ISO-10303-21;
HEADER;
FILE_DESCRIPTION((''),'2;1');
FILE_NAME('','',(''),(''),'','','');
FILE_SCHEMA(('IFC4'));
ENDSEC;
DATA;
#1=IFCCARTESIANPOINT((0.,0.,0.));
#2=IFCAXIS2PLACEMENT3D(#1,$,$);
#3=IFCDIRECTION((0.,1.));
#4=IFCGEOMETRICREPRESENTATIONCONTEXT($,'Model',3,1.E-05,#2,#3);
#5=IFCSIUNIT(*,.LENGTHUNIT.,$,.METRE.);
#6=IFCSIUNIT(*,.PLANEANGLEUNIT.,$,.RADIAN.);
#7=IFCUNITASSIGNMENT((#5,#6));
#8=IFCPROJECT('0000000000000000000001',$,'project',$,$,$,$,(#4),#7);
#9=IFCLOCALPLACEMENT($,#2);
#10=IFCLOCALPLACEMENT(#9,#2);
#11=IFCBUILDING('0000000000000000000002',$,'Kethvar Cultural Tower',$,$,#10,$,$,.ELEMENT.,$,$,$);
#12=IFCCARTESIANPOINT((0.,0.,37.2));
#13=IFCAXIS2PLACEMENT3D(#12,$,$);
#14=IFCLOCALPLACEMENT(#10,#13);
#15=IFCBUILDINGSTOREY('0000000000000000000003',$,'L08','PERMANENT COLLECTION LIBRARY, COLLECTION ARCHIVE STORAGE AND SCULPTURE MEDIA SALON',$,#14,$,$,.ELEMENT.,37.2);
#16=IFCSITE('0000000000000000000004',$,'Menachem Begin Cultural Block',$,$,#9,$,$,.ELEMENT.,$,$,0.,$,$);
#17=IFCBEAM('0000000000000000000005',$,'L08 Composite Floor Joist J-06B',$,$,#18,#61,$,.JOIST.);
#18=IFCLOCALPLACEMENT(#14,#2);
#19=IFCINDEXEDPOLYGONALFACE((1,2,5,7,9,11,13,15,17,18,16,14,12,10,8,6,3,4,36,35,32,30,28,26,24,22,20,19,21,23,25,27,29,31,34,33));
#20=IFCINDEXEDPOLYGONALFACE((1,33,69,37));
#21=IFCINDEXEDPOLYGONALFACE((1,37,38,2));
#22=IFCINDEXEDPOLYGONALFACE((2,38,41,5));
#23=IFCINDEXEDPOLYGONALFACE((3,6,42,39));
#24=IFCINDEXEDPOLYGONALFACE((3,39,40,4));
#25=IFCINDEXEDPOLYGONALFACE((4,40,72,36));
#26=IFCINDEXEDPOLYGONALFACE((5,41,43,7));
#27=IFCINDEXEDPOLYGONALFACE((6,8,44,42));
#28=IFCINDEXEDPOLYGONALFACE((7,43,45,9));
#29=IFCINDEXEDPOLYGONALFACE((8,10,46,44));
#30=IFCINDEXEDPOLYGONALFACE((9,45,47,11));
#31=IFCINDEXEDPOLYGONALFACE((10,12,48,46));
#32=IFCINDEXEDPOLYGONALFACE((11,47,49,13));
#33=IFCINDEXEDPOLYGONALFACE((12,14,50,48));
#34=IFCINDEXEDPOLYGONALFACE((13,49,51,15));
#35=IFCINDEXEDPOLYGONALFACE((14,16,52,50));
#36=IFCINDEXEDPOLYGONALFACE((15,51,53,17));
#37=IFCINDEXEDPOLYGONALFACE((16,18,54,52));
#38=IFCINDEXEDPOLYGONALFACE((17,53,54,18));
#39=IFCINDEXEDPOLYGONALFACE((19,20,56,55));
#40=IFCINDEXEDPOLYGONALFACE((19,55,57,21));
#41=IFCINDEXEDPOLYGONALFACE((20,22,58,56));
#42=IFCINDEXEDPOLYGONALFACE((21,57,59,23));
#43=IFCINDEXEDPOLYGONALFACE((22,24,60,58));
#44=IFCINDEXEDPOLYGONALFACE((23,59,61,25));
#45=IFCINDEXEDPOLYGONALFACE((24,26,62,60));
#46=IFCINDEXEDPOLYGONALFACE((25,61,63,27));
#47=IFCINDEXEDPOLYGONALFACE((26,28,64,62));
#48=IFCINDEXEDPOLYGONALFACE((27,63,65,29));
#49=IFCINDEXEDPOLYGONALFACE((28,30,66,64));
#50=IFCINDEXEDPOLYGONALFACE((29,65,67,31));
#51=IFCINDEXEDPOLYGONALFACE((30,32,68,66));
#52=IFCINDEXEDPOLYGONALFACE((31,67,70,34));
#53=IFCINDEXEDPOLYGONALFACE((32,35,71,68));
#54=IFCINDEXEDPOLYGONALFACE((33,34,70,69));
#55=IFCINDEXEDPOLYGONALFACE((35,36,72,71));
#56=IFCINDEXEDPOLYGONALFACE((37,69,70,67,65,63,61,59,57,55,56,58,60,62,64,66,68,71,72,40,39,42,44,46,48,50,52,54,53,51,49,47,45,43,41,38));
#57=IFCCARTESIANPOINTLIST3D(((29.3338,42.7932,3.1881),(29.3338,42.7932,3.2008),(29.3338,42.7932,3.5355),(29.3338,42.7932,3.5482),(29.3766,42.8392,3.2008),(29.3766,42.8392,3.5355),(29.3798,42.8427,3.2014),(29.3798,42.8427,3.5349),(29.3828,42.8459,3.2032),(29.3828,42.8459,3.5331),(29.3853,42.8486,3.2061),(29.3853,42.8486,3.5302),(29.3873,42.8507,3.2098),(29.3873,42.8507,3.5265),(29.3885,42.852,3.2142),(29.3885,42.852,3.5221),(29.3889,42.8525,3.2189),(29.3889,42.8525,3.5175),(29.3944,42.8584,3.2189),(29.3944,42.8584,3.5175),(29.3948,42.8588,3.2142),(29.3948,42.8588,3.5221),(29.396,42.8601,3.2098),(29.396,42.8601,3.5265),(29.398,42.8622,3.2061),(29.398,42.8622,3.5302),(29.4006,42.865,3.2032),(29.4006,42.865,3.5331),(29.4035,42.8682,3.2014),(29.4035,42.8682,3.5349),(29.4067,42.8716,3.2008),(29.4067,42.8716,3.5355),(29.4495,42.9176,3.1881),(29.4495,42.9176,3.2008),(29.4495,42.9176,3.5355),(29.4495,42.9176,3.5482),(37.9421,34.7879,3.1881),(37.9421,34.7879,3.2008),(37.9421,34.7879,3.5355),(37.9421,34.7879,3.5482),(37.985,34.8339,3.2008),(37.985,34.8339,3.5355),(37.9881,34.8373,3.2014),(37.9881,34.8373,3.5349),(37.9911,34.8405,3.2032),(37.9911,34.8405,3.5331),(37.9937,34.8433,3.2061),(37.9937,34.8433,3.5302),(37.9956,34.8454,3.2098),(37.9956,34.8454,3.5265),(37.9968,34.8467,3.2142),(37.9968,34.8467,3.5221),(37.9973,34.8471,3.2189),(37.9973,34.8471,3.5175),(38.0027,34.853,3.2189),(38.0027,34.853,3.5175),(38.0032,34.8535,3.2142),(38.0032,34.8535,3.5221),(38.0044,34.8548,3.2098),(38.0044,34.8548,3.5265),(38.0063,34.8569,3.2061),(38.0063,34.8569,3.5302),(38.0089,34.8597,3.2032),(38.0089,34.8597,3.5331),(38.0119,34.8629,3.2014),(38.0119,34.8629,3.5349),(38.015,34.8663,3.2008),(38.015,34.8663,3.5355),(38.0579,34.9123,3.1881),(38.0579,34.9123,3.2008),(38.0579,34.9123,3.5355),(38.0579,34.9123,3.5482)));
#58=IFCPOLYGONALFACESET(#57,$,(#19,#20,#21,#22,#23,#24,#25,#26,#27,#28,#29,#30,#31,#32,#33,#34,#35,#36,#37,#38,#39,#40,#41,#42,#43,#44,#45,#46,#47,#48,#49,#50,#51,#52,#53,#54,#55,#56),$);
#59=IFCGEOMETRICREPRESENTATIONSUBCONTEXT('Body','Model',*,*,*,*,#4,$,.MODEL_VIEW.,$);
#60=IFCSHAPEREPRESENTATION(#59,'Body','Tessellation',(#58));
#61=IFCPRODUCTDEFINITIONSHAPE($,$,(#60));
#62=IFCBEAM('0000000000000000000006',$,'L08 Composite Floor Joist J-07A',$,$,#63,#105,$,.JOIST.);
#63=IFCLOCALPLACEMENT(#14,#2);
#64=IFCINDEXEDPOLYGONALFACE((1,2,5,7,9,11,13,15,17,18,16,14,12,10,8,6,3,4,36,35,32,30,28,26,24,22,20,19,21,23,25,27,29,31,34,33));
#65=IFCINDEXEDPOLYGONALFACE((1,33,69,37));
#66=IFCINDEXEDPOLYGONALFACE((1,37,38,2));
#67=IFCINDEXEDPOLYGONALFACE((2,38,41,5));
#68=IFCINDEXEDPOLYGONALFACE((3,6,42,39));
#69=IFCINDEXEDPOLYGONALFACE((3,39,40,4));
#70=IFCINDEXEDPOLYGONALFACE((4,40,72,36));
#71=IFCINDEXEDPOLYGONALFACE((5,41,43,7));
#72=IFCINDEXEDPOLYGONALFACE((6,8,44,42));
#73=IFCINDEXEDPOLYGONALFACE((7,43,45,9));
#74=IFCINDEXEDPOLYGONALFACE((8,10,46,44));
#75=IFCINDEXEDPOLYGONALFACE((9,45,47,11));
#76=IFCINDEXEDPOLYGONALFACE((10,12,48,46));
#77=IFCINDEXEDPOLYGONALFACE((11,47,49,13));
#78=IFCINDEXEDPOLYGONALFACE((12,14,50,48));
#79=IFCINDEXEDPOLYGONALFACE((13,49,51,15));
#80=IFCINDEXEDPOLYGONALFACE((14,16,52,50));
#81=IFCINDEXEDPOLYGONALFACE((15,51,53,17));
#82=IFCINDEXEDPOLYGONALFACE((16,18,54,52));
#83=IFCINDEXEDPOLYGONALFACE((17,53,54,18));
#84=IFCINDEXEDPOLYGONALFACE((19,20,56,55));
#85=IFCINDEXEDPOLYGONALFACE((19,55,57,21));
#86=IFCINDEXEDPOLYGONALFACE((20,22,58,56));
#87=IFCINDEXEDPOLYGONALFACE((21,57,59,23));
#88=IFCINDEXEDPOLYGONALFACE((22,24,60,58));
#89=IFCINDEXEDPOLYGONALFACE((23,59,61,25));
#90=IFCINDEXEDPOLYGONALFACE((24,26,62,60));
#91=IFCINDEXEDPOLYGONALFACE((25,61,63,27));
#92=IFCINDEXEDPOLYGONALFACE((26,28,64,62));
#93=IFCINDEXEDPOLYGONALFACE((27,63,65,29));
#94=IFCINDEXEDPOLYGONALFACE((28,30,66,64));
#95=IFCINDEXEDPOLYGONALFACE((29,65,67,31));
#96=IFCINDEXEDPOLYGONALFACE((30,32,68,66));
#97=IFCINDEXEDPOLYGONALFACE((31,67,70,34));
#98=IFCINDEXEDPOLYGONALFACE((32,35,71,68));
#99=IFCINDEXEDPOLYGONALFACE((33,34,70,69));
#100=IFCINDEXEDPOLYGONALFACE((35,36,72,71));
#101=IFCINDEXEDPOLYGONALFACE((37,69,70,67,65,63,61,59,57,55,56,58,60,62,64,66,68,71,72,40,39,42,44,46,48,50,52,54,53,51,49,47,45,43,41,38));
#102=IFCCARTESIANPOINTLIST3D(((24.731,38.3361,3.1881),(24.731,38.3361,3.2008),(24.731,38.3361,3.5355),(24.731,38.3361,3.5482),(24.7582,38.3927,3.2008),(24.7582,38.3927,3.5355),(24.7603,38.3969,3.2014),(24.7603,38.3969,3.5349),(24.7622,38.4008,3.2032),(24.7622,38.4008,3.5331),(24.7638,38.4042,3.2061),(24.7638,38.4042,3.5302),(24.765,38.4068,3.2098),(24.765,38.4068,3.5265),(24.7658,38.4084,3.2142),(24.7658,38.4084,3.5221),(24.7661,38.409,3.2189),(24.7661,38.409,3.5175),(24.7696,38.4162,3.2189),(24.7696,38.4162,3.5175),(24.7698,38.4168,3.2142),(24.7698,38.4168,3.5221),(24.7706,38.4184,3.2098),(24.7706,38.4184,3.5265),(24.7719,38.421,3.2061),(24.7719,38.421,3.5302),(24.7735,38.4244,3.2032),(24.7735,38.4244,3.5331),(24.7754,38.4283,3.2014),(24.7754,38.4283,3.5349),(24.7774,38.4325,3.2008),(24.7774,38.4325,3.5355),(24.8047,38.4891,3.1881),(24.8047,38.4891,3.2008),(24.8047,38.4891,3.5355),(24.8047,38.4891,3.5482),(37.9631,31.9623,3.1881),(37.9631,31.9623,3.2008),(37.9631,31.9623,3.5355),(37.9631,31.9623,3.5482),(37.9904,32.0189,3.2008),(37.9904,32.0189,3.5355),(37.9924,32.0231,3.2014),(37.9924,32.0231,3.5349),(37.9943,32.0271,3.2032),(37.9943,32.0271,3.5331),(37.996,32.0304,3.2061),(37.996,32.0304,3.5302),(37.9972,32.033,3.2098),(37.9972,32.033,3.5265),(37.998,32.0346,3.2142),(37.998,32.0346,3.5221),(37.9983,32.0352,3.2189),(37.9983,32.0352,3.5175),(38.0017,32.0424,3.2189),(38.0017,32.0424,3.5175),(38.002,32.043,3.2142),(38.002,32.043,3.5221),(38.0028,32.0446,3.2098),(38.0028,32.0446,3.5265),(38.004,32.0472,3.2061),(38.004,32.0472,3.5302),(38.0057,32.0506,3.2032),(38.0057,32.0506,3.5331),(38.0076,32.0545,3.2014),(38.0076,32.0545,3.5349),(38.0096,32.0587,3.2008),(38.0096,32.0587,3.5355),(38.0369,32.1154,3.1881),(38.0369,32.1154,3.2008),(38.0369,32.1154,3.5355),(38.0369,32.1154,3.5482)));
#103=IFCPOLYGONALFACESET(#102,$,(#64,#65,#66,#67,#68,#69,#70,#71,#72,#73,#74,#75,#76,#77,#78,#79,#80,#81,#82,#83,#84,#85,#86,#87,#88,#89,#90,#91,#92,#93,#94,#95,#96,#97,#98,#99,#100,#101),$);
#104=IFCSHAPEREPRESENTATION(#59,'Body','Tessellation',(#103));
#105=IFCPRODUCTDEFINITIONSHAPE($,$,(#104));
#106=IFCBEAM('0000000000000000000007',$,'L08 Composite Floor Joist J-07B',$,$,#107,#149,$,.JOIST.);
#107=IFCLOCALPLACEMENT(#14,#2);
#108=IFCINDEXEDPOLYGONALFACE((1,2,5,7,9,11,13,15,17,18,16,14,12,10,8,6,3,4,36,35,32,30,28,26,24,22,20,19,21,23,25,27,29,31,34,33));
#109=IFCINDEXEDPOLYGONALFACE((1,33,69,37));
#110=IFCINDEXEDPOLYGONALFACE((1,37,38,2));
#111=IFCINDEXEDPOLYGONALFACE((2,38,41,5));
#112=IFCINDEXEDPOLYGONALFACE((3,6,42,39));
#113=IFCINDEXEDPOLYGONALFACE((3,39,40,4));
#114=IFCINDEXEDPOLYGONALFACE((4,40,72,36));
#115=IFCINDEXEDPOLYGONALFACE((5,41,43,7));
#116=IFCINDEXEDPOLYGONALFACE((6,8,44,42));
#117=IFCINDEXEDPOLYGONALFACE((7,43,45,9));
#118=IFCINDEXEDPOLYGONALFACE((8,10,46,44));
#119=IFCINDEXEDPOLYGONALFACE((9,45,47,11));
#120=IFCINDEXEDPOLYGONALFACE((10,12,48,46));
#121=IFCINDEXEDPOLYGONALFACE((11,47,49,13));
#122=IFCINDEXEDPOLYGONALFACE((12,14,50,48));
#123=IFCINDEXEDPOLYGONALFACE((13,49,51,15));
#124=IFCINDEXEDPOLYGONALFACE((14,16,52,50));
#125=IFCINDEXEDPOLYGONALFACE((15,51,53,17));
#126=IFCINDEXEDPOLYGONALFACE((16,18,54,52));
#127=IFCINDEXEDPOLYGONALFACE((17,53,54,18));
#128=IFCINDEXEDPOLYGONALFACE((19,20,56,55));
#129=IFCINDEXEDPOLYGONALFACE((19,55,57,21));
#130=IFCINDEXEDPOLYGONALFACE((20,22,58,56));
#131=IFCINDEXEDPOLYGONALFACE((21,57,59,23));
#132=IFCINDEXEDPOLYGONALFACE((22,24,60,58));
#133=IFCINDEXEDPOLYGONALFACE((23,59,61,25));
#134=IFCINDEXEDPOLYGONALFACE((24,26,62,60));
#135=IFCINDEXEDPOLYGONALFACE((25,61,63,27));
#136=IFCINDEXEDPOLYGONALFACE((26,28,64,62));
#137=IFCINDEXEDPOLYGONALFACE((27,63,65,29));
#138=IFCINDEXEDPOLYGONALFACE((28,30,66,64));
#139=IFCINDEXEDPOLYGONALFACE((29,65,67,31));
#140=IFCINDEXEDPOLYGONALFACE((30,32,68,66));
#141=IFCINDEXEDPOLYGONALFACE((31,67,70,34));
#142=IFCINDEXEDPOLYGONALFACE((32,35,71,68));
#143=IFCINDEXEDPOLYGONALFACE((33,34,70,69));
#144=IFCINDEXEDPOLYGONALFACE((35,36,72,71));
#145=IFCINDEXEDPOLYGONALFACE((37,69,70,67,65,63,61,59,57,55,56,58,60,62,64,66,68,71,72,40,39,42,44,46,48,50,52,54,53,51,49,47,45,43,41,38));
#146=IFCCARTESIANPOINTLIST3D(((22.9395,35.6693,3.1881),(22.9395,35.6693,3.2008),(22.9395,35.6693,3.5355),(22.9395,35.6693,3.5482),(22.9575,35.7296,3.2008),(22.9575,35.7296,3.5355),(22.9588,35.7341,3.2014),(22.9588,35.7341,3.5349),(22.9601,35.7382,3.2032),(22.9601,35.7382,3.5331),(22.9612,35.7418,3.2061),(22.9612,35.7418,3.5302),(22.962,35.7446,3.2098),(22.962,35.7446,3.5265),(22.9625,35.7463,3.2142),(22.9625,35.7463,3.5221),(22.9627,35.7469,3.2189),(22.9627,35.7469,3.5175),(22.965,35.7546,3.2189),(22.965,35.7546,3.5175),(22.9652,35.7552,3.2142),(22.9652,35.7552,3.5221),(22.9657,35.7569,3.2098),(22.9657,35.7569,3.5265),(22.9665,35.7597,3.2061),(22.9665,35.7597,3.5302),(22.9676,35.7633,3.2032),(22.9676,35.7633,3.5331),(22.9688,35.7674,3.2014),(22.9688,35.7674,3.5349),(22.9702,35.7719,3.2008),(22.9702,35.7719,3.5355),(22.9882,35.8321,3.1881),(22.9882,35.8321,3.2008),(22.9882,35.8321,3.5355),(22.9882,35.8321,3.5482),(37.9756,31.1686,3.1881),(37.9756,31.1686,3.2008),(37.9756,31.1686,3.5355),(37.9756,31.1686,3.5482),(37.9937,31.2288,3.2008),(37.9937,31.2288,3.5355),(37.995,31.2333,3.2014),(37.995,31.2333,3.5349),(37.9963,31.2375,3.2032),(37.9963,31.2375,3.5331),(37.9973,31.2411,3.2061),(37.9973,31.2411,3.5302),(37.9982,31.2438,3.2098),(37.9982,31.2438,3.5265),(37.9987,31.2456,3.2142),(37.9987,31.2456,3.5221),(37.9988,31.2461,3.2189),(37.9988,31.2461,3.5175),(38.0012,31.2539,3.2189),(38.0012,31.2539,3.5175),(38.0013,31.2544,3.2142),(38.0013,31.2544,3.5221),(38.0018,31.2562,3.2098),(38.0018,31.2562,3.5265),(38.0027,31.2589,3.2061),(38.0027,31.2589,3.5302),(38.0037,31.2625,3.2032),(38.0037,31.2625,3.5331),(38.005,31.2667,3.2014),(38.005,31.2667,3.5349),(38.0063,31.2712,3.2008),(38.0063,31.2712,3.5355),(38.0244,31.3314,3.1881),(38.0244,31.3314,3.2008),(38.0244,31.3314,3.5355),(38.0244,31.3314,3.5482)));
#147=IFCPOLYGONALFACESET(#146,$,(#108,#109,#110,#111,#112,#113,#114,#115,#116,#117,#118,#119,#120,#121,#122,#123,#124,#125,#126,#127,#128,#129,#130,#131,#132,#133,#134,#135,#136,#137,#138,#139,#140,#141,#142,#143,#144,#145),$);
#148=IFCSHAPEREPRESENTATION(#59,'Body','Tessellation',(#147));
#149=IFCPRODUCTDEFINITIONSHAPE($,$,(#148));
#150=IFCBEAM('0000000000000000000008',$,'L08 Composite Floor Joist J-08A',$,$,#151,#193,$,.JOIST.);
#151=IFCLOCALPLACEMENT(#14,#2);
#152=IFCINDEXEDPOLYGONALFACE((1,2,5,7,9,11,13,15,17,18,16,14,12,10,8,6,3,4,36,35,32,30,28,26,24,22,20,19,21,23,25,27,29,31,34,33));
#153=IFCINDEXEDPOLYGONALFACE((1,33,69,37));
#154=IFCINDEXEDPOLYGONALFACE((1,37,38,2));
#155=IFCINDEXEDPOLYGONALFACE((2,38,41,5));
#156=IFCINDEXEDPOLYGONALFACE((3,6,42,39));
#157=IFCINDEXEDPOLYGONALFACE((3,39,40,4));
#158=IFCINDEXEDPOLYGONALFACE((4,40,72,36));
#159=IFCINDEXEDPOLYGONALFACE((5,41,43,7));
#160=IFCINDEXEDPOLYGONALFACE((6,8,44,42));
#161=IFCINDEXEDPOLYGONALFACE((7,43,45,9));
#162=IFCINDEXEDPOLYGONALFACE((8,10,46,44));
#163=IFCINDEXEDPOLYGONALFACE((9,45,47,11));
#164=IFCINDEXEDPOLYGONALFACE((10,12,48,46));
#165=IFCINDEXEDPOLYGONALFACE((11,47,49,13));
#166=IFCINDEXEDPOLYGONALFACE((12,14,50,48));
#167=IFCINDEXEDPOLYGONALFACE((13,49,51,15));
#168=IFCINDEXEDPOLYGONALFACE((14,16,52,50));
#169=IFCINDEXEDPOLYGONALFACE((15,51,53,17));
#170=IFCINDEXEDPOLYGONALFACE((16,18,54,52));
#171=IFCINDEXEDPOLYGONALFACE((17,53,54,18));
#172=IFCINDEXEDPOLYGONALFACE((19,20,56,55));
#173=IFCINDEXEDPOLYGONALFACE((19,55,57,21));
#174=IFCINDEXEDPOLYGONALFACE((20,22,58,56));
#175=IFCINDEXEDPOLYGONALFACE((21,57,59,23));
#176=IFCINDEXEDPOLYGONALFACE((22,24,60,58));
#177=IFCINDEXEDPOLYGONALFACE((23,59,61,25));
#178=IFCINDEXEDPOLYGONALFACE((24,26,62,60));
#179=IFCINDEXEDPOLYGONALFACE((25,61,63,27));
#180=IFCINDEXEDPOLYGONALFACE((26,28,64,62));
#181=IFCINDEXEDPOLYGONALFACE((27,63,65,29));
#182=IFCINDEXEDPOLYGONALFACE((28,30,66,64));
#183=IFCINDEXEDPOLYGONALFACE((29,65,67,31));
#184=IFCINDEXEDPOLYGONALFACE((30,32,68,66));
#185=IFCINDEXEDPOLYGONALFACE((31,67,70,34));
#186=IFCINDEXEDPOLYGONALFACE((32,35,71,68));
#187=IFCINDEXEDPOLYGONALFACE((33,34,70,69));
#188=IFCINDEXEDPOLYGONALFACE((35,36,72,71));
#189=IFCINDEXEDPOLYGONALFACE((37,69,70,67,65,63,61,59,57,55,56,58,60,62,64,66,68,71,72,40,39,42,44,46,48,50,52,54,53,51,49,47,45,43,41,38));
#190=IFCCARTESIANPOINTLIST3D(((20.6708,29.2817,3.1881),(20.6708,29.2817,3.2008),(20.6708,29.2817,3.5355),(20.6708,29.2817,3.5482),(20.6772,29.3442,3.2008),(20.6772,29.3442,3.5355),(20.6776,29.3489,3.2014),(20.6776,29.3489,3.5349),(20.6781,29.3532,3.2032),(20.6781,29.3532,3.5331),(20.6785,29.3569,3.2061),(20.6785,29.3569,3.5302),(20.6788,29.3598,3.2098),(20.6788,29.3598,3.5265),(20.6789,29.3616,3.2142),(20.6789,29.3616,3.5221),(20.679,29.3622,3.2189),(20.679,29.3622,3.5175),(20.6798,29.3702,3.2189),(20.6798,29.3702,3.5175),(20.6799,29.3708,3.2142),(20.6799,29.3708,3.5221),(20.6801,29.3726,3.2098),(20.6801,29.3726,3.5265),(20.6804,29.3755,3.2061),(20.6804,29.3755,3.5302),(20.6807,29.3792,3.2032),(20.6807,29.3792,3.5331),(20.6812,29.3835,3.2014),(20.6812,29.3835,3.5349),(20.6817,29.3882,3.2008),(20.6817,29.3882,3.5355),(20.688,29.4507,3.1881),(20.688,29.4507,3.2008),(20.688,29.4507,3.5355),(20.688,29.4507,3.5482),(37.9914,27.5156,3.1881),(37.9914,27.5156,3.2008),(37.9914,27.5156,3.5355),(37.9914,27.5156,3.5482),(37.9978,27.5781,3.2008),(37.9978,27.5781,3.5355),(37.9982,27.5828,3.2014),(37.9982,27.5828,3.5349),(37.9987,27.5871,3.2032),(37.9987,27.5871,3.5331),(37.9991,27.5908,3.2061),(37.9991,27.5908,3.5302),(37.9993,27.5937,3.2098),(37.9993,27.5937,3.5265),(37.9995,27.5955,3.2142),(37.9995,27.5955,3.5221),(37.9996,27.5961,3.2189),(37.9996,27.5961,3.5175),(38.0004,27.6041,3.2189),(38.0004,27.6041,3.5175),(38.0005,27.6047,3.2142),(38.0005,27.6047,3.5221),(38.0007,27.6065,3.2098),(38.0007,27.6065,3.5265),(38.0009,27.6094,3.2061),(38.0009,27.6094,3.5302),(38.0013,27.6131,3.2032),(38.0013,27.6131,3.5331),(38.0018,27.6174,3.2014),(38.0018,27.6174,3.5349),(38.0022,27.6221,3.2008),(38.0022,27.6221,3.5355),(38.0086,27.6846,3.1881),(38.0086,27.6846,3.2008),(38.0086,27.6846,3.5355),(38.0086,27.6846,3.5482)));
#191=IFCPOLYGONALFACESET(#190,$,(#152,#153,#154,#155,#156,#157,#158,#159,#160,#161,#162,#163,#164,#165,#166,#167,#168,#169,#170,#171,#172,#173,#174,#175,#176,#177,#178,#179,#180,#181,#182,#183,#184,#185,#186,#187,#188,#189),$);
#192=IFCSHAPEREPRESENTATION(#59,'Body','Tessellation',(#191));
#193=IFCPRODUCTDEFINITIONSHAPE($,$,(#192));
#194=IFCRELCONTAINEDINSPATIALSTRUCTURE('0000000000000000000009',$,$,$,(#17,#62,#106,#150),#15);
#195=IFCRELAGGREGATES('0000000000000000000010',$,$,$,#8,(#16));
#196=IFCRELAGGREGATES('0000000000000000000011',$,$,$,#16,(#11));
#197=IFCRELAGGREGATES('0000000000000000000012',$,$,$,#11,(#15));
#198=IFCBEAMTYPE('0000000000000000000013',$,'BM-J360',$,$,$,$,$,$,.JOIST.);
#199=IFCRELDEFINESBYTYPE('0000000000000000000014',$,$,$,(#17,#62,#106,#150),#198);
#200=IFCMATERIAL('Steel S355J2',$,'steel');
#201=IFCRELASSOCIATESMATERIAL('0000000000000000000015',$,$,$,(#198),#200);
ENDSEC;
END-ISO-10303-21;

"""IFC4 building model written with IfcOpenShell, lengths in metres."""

from ifc_helpers import new_model, si_unit, direction, frame, origin, origin_2d, place, context, subcontext, project, spatial, i_section, extrude, source, transform, mapped, material, material_profile, profile_set, type_object, element, save


model = new_model("IFC4")

# Units and contexts
model_context = context("Model", 3, precision=1e-05, world=origin(), true_north=direction((0.0, 1.0)))
body_context = subcontext(model_context, "Body", "Model", "MODEL_VIEW")
ifc_project = project(units=[si_unit("LENGTHUNIT", "METRE"), si_unit("PLANEANGLEUNIT", "RADIAN")], contexts=[model_context])

# Site, building, storey
site_placement = place(None, origin())
site = spatial("IfcSite", under=ifc_project, at=site_placement, Name="Menachem Begin Cultural Block", CompositionType="ELEMENT", RefElevation=0.0)
building_placement = place(site_placement, origin())
building = spatial("IfcBuilding", under=site, at=building_placement, Name="Kethvar Cultural Tower", CompositionType="ELEMENT")
storey_placement = place(building_placement, frame((0.0, 0.0, 37.2)))
storey = spatial("IfcBuildingStorey", under=building, at=storey_placement, Name="L08", Description="PERMANENT COLLECTION LIBRARY, COLLECTION ARCHIVE STORAGE AND SCULPTURE MEDIA SALON", CompositionType="ELEMENT", Elevation=37.2)

# Beams
ifc_material_1 = material(Name="Steel S355J2", Category="steel")
ifc_material_profile_1 = material_profile(ifc_material_1, i_section(OverallWidth=0.1699, OverallDepth=0.3601, WebThickness=0.0081, FlangeThickness=0.0127, FilletRadius=0.0181, at=origin_2d()), Name="Steel S355J2 — IPE360")
ifc_profile_set_1 = profile_set([ifc_material_profile_1], Name="Steel S355J2 — IPE360")
beam_type_1 = type_object("IfcBeamType", Name="BM-J360", PredefinedType="JOIST", material=ifc_profile_set_1)
shared_shape_1 = source(origin(), body_context, "Body", "SweptSolid", [
    extrude(i_section(OverallWidth=0.1699, OverallDepth=0.3601, WebThickness=0.0081, FlangeThickness=0.0127, FilletRadius=0.0181, at=origin_2d()), origin(), (0.0, 0.0, 1.0), 11.7554),
])
beam_1_placement = place(storey_placement, frame((38.0, 34.8501, 3.3682), z_axis=(-0.73229, 0.680993, 0.0), x_axis=(-0.680993, -0.73229, 0.0)))
element("IfcBeam", 1, at=beam_1_placement, inside=storey, type_object=beam_type_1, Name="L08 Composite Floor Joist J-06B", PredefinedType="JOIST", context=body_context, shape_type="MappedRepresentation", body=[
    mapped(shared_shape_1, transform((0.0, 0.0, 0.0), scale=1.0)),
])
shared_shape_2 = source(origin(), body_context, "Body", "SweptSolid", [
    extrude(i_section(OverallWidth=0.1699, OverallDepth=0.3601, WebThickness=0.0081, FlangeThickness=0.0127, FilletRadius=0.0181, at=origin_2d()), origin(), (0.0, 0.0, 1.0), 14.6873),
])
beam_2_placement = place(storey_placement, frame((38.0, 32.0388, 3.3682), z_axis=(-0.900929, 0.433967, 0.0), x_axis=(-0.433967, -0.900929, 0.0)))
element("IfcBeam", 2, at=beam_2_placement, inside=storey, type_object=beam_type_1, Name="L08 Composite Floor Joist J-07A", PredefinedType="JOIST", context=body_context, shape_type="MappedRepresentation", body=[
    mapped(shared_shape_2, transform((0.0, 0.0, 0.0), scale=1.0)),
])
shared_shape_3 = source(origin(), body_context, "Body", "SweptSolid", [
    extrude(i_section(OverallWidth=0.1699, OverallDepth=0.3601, WebThickness=0.0081, FlangeThickness=0.0127, FilletRadius=0.0181, at=origin_2d()), origin(), (0.0, 0.0, 1.0), 15.6953),
])
beam_3_placement = place(storey_placement, frame((38.0, 31.25, 3.3682), z_axis=(-0.958003, 0.286757, 0.0), x_axis=(-0.286757, -0.958003, 0.0)))
element("IfcBeam", 3, at=beam_3_placement, inside=storey, type_object=beam_type_1, Name="L08 Composite Floor Joist J-07B", PredefinedType="JOIST", context=body_context, shape_type="MappedRepresentation", body=[
    mapped(shared_shape_3, transform((0.0, 0.0, 0.0), scale=1.0)),
])
shared_shape_4 = source(origin(), body_context, "Body", "SweptSolid", [
    extrude(i_section(OverallWidth=0.1699, OverallDepth=0.3601, WebThickness=0.0081, FlangeThickness=0.0127, FilletRadius=0.0181, at=origin_2d()), origin(), (0.0, 0.0, 1.0), 17.4104),
])
beam_4_placement = place(storey_placement, frame((38.0, 27.6001, 3.3682), z_axis=(-0.994842, 0.10144, 0.0), x_axis=(-0.10144, -0.994842, 0.0)))
element("IfcBeam", 4, at=beam_4_placement, inside=storey, type_object=beam_type_1, Name="L08 Composite Floor Joist J-08A", PredefinedType="JOIST", context=body_context, shape_type="MappedRepresentation", body=[
    mapped(shared_shape_4, transform((0.0, 0.0, 0.0), scale=1.0)),
])

save(model, "model.ifc")
